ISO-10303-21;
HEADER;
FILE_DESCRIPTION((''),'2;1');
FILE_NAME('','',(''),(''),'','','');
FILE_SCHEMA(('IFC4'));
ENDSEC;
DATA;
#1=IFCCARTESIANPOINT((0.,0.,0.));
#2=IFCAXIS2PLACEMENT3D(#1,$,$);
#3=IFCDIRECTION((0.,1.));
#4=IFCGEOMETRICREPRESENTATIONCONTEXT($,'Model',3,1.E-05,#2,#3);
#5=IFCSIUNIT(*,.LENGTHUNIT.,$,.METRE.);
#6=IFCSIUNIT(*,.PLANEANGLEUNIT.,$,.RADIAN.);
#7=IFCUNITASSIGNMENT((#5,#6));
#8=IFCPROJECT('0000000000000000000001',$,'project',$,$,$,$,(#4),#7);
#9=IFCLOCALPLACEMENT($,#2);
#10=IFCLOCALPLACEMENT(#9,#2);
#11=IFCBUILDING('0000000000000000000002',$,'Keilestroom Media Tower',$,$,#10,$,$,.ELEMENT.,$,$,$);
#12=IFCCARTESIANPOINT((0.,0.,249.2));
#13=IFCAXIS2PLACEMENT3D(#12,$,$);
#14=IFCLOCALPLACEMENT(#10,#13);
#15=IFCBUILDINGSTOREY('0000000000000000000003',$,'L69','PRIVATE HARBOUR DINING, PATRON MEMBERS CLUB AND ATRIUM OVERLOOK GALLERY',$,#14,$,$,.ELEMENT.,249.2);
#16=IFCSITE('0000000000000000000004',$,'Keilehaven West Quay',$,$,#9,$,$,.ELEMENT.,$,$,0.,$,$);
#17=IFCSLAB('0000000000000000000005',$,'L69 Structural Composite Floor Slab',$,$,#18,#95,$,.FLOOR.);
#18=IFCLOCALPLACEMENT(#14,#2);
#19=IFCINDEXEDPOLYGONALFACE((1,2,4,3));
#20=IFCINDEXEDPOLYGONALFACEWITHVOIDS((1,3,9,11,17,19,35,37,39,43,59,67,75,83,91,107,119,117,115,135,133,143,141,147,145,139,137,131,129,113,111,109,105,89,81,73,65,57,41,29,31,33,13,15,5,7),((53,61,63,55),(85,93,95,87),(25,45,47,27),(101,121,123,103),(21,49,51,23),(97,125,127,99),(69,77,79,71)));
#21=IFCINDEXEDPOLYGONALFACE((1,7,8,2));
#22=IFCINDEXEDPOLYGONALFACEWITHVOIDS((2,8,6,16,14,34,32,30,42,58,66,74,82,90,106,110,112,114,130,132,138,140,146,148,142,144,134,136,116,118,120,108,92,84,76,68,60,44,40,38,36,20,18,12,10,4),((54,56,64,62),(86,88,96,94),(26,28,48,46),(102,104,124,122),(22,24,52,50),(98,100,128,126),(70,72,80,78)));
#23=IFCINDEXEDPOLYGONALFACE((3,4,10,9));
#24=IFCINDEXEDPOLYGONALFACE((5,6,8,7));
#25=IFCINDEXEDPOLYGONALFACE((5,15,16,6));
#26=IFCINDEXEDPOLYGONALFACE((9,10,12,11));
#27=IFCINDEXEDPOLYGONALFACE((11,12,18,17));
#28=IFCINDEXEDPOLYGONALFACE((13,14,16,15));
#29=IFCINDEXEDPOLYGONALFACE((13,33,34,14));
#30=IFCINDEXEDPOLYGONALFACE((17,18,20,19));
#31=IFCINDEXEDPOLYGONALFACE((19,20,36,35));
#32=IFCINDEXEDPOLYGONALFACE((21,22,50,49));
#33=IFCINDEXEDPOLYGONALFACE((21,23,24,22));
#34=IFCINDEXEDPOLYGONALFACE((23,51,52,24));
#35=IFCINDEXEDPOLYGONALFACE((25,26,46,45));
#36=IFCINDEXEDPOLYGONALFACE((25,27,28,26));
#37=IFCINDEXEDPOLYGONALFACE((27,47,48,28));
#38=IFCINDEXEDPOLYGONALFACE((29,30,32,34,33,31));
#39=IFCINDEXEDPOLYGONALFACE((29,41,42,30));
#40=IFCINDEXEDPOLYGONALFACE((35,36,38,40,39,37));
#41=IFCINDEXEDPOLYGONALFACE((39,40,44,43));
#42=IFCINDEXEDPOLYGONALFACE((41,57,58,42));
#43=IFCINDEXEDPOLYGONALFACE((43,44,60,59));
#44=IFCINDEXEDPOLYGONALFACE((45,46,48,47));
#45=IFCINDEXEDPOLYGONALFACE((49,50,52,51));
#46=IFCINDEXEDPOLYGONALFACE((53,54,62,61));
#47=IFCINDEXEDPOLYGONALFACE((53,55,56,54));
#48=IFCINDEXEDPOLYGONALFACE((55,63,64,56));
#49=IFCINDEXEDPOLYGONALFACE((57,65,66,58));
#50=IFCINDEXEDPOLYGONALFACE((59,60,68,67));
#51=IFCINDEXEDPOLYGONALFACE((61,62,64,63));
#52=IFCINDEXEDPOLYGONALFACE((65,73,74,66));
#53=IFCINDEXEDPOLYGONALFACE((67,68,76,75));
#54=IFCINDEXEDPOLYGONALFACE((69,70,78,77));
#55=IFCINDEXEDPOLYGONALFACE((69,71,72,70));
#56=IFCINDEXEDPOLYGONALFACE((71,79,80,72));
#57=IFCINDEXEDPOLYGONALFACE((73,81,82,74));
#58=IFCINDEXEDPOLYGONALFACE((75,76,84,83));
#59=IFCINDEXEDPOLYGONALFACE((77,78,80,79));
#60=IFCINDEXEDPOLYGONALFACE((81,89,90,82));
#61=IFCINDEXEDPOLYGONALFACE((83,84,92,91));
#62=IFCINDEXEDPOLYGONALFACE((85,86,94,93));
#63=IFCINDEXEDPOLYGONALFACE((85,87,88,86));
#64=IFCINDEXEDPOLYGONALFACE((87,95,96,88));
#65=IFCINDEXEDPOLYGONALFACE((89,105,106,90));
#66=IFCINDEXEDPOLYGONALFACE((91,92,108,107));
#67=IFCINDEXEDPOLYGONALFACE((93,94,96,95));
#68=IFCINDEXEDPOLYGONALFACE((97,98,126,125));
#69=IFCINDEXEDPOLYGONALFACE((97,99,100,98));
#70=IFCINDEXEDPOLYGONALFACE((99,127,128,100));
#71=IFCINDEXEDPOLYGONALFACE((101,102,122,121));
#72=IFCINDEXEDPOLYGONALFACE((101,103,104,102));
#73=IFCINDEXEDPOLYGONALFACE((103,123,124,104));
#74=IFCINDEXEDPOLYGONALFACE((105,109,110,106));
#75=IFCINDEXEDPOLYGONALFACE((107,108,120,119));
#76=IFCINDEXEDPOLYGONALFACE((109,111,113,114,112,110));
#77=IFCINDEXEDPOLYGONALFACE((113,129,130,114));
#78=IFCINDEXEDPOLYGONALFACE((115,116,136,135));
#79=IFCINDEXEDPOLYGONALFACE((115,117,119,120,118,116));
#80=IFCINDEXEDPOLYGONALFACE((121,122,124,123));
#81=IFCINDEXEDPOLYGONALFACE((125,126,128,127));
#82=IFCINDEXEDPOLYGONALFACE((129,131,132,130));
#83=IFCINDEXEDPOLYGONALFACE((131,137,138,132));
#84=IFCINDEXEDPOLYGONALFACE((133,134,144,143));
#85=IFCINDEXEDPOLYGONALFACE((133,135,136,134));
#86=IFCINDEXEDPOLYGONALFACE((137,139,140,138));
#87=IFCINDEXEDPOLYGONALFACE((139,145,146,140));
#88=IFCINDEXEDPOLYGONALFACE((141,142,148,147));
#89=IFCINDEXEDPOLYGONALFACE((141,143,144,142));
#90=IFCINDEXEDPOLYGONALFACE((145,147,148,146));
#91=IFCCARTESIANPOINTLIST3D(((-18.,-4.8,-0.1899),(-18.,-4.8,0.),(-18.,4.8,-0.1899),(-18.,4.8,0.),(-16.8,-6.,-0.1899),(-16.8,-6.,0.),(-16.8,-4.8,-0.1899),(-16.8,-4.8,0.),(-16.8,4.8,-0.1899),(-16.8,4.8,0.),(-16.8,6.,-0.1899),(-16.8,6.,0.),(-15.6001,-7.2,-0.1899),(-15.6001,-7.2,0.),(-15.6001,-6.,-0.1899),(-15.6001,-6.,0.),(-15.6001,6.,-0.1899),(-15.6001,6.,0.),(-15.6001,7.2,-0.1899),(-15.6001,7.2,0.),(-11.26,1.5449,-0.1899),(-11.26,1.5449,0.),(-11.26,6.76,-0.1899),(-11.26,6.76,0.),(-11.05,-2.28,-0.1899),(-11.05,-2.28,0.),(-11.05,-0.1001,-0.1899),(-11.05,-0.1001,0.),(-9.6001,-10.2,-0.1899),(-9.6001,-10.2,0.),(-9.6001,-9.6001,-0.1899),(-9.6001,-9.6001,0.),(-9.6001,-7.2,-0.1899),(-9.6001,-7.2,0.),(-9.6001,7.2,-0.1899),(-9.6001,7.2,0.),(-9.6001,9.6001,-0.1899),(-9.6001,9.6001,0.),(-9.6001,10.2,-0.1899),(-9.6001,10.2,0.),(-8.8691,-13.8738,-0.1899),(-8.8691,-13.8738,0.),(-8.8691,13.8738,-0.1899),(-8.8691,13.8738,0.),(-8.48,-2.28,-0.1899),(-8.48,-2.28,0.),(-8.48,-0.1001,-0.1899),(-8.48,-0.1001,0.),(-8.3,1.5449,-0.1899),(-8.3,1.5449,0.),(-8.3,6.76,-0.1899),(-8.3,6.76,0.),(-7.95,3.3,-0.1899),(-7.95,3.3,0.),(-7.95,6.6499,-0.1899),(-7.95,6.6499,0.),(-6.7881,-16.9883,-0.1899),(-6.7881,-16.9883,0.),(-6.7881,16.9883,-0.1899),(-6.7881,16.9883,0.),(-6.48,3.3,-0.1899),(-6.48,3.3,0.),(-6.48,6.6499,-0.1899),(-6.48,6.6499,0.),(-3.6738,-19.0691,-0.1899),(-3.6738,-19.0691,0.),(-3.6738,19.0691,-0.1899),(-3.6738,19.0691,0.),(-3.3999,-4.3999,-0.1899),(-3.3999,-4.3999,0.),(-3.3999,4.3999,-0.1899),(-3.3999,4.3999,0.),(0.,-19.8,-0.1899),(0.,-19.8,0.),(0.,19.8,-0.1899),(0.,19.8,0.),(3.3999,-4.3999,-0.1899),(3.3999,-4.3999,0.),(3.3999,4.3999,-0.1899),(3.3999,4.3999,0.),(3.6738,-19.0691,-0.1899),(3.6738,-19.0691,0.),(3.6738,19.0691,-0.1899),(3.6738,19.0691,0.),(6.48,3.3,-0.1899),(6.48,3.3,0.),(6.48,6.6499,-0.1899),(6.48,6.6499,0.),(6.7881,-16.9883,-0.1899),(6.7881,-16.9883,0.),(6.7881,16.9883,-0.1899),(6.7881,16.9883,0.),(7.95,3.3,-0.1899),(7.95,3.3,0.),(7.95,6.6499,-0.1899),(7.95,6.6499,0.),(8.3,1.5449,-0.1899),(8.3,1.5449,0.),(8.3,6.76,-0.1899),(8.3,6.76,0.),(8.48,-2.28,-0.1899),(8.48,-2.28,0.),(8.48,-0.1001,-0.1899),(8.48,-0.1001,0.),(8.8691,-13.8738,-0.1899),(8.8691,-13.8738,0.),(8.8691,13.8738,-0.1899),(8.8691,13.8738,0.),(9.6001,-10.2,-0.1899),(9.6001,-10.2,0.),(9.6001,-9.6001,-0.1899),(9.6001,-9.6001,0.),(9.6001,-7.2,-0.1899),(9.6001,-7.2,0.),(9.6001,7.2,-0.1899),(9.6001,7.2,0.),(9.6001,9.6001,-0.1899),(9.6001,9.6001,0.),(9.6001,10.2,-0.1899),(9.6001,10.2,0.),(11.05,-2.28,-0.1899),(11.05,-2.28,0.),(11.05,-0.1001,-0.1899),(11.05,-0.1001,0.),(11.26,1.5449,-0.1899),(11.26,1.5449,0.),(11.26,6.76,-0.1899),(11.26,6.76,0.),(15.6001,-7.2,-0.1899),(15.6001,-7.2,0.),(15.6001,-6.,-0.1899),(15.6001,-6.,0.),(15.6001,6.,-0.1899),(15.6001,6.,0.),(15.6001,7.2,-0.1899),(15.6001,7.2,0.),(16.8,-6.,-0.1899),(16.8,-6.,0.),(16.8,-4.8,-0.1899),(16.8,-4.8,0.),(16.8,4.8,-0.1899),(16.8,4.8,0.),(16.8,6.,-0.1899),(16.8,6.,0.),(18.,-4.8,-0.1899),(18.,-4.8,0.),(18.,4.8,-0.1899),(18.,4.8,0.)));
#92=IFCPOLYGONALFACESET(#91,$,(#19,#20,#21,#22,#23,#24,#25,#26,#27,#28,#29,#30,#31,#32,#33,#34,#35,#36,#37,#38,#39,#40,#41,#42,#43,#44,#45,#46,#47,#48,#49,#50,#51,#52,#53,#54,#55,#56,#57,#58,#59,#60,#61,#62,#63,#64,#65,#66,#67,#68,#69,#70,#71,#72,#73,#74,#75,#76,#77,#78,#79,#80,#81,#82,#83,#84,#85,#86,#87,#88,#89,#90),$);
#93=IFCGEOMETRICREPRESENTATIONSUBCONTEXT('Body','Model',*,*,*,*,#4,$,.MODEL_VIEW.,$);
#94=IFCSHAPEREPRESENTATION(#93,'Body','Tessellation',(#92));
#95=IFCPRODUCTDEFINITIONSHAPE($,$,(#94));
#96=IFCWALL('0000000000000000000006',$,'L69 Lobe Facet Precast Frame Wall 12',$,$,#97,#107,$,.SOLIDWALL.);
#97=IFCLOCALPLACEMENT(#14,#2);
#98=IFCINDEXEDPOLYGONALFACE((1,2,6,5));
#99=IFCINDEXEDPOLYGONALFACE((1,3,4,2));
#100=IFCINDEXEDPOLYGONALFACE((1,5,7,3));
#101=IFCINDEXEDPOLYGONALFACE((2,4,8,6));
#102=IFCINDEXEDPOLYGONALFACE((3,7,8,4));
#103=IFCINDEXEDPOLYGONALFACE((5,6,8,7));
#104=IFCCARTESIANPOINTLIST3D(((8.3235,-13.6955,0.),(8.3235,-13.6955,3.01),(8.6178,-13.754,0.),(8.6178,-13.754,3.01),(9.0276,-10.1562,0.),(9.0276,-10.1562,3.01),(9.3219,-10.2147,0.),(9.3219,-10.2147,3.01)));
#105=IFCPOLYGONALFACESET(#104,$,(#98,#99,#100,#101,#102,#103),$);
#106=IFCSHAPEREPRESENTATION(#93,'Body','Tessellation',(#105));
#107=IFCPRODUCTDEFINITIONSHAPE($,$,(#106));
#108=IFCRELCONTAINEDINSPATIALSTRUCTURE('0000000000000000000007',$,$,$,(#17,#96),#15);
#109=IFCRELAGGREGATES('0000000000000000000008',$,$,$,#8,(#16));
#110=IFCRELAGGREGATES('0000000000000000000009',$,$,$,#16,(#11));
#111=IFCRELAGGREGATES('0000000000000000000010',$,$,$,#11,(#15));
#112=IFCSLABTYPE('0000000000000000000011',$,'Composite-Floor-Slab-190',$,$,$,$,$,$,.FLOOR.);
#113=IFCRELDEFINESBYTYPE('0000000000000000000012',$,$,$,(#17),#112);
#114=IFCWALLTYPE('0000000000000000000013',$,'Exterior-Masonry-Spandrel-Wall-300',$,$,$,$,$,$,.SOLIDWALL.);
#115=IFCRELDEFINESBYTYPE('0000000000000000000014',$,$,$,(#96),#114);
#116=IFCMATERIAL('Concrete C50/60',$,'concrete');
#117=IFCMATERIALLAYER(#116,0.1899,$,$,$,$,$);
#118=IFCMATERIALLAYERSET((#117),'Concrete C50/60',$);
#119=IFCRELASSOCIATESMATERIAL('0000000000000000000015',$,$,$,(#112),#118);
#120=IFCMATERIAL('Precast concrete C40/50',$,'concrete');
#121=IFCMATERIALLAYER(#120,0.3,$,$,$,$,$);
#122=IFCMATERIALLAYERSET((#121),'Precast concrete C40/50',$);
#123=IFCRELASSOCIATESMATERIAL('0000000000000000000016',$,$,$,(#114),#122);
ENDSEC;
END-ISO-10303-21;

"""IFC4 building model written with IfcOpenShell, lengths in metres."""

from ifc_helpers import new_model, si_unit, direction, frame, frame_2d, origin, place, context, subcontext, project, spatial, polyline, rectangle, outline, extrude, material, layer, layer_set, type_object, element, save


model = new_model("IFC4")

# Units and contexts
model_context = context("Model", 3, precision=1e-05, world=origin(), true_north=direction((0.0, 1.0)))
body_context = subcontext(model_context, "Body", "Model", "MODEL_VIEW")
ifc_project = project(units=[si_unit("LENGTHUNIT", "METRE"), si_unit("PLANEANGLEUNIT", "RADIAN")], contexts=[model_context])

# Site, building, storey
site_placement = place(None, origin())
site = spatial("IfcSite", under=ifc_project, at=site_placement, Name="Keilehaven West Quay", CompositionType="ELEMENT", RefElevation=0.0)
building_placement = place(site_placement, origin())
building = spatial("IfcBuilding", under=site, at=building_placement, Name="Keilestroom Media Tower", CompositionType="ELEMENT")
storey_placement = place(building_placement, frame((0.0, 0.0, 249.2)))
storey = spatial("IfcBuildingStorey", under=building, at=storey_placement, Name="L69", Description="PRIVATE HARBOUR DINING, PATRON MEMBERS CLUB AND ATRIUM OVERLOOK GALLERY", CompositionType="ELEMENT", Elevation=249.2)

# Shared definitions
ifc_material_1 = material(Name="Concrete C50/60", Category="concrete")

# Slab
ifc_layer_1 = layer(ifc_material_1, 0.1899)
ifc_layer_set_1 = layer_set([ifc_layer_1], Name="Concrete C50/60")
slab_type = type_object("IfcSlabType", Name="Composite-Floor-Slab-190", PredefinedType="FLOOR", material=ifc_layer_set_1)
slab_placement = place(storey_placement, frame((0.0, 0.0, -0.1899)))
element("IfcSlab", 1, at=slab_placement, inside=storey, type_object=slab_type, Name="L69 Structural Composite Floor Slab", PredefinedType="FLOOR", context=body_context, shape_type="SweptSolid", body=[
    extrude(outline(polyline([(18.0, -4.8), (18.0, 4.8), (16.8, 4.8), (16.8, 6.0), (15.6001, 6.0), (15.6001, 7.2), (9.6001, 7.2), (9.6001, 9.6001), (9.6001, 10.2), (8.8691, 13.8738), (6.7881, 16.9883), (3.6738, 19.0691), (0.0, 19.8), (-3.6738, 19.0691), (-6.7881, 16.9883), (-8.8691, 13.8738), (-9.6001, 10.2), (-9.6001, 9.6001), (-9.6001, 7.2), (-15.6001, 7.2), (-15.6001, 6.0), (-16.8, 6.0), (-16.8, 4.8), (-18.0, 4.8), (-18.0, -4.8), (-16.8, -4.8), (-16.8, -6.0), (-15.6001, -6.0), (-15.6001, -7.2), (-9.6001, -7.2), (-9.6001, -9.6001), (-9.6001, -10.2), (-8.8691, -13.8738), (-6.7881, -16.9883), (-3.6738, -19.0691), (0.0, -19.8), (3.6738, -19.0691), (6.7881, -16.9883), (8.8691, -13.8738), (9.6001, -10.2), (9.6001, -9.6001), (9.6001, -7.2), (15.6001, -7.2), (15.6001, -6.0), (16.8, -6.0), (16.8, -4.8), (18.0, -4.8)]), holes=[polyline([(-8.3, 1.5449), (-11.26, 1.5449), (-11.26, 6.76), (-8.3, 6.76), (-8.3, 1.5449)]), polyline([(-8.48, -2.28), (-11.05, -2.28), (-11.05, -0.1001), (-8.48, -0.1001), (-8.48, -2.28)]), polyline([(-6.48, 3.3), (-7.95, 3.3), (-7.95, 6.6499), (-6.48, 6.6499), (-6.48, 3.3)]), polyline([(3.3999, -4.3999), (-3.3999, -4.3999), (-3.3999, 4.3999), (3.3999, 4.3999), (3.3999, -4.3999)]), polyline([(7.95, 3.3), (6.48, 3.3), (6.48, 6.6499), (7.95, 6.6499), (7.95, 3.3)]), polyline([(11.26, 1.5449), (8.3, 1.5449), (8.3, 6.76), (11.26, 6.76), (11.26, 1.5449)]), polyline([(11.05, -2.28), (8.48, -2.28), (8.48, -0.1001), (11.05, -0.1001), (11.05, -2.28)])]), origin(), (0.0, 0.0, 1.0), 0.1899),
])

# Wall
ifc_material_2 = material(Name="Precast concrete C40/50", Category="concrete")
ifc_layer_2 = layer(ifc_material_2, 0.3)
ifc_layer_set_2 = layer_set([ifc_layer_2], Name="Precast concrete C40/50")
wall_type_1 = type_object("IfcWallType", Name="Exterior-Masonry-Spandrel-Wall-300", PredefinedType="SOLIDWALL", material=ifc_layer_set_2)
wall_1_placement = place(storey_placement, frame((8.4707, -13.7246, 0.0), z_axis=(0.0, 0.0, 1.0), x_axis=(0.195114, 0.980781, 0.0)))
element("IfcWall", 2, at=wall_1_placement, inside=storey, type_object=wall_type_1, Name="L69 Lobe Facet Precast Frame Wall 12", PredefinedType="SOLIDWALL", context=body_context, shape_type="SweptSolid", body=[
    extrude(rectangle(XDim=3.6086, YDim=0.3, at=frame_2d((1.8042, 0.0))), origin(), (0.0, 0.0, 1.0), 3.01),
])

save(model, "model.ifc")
